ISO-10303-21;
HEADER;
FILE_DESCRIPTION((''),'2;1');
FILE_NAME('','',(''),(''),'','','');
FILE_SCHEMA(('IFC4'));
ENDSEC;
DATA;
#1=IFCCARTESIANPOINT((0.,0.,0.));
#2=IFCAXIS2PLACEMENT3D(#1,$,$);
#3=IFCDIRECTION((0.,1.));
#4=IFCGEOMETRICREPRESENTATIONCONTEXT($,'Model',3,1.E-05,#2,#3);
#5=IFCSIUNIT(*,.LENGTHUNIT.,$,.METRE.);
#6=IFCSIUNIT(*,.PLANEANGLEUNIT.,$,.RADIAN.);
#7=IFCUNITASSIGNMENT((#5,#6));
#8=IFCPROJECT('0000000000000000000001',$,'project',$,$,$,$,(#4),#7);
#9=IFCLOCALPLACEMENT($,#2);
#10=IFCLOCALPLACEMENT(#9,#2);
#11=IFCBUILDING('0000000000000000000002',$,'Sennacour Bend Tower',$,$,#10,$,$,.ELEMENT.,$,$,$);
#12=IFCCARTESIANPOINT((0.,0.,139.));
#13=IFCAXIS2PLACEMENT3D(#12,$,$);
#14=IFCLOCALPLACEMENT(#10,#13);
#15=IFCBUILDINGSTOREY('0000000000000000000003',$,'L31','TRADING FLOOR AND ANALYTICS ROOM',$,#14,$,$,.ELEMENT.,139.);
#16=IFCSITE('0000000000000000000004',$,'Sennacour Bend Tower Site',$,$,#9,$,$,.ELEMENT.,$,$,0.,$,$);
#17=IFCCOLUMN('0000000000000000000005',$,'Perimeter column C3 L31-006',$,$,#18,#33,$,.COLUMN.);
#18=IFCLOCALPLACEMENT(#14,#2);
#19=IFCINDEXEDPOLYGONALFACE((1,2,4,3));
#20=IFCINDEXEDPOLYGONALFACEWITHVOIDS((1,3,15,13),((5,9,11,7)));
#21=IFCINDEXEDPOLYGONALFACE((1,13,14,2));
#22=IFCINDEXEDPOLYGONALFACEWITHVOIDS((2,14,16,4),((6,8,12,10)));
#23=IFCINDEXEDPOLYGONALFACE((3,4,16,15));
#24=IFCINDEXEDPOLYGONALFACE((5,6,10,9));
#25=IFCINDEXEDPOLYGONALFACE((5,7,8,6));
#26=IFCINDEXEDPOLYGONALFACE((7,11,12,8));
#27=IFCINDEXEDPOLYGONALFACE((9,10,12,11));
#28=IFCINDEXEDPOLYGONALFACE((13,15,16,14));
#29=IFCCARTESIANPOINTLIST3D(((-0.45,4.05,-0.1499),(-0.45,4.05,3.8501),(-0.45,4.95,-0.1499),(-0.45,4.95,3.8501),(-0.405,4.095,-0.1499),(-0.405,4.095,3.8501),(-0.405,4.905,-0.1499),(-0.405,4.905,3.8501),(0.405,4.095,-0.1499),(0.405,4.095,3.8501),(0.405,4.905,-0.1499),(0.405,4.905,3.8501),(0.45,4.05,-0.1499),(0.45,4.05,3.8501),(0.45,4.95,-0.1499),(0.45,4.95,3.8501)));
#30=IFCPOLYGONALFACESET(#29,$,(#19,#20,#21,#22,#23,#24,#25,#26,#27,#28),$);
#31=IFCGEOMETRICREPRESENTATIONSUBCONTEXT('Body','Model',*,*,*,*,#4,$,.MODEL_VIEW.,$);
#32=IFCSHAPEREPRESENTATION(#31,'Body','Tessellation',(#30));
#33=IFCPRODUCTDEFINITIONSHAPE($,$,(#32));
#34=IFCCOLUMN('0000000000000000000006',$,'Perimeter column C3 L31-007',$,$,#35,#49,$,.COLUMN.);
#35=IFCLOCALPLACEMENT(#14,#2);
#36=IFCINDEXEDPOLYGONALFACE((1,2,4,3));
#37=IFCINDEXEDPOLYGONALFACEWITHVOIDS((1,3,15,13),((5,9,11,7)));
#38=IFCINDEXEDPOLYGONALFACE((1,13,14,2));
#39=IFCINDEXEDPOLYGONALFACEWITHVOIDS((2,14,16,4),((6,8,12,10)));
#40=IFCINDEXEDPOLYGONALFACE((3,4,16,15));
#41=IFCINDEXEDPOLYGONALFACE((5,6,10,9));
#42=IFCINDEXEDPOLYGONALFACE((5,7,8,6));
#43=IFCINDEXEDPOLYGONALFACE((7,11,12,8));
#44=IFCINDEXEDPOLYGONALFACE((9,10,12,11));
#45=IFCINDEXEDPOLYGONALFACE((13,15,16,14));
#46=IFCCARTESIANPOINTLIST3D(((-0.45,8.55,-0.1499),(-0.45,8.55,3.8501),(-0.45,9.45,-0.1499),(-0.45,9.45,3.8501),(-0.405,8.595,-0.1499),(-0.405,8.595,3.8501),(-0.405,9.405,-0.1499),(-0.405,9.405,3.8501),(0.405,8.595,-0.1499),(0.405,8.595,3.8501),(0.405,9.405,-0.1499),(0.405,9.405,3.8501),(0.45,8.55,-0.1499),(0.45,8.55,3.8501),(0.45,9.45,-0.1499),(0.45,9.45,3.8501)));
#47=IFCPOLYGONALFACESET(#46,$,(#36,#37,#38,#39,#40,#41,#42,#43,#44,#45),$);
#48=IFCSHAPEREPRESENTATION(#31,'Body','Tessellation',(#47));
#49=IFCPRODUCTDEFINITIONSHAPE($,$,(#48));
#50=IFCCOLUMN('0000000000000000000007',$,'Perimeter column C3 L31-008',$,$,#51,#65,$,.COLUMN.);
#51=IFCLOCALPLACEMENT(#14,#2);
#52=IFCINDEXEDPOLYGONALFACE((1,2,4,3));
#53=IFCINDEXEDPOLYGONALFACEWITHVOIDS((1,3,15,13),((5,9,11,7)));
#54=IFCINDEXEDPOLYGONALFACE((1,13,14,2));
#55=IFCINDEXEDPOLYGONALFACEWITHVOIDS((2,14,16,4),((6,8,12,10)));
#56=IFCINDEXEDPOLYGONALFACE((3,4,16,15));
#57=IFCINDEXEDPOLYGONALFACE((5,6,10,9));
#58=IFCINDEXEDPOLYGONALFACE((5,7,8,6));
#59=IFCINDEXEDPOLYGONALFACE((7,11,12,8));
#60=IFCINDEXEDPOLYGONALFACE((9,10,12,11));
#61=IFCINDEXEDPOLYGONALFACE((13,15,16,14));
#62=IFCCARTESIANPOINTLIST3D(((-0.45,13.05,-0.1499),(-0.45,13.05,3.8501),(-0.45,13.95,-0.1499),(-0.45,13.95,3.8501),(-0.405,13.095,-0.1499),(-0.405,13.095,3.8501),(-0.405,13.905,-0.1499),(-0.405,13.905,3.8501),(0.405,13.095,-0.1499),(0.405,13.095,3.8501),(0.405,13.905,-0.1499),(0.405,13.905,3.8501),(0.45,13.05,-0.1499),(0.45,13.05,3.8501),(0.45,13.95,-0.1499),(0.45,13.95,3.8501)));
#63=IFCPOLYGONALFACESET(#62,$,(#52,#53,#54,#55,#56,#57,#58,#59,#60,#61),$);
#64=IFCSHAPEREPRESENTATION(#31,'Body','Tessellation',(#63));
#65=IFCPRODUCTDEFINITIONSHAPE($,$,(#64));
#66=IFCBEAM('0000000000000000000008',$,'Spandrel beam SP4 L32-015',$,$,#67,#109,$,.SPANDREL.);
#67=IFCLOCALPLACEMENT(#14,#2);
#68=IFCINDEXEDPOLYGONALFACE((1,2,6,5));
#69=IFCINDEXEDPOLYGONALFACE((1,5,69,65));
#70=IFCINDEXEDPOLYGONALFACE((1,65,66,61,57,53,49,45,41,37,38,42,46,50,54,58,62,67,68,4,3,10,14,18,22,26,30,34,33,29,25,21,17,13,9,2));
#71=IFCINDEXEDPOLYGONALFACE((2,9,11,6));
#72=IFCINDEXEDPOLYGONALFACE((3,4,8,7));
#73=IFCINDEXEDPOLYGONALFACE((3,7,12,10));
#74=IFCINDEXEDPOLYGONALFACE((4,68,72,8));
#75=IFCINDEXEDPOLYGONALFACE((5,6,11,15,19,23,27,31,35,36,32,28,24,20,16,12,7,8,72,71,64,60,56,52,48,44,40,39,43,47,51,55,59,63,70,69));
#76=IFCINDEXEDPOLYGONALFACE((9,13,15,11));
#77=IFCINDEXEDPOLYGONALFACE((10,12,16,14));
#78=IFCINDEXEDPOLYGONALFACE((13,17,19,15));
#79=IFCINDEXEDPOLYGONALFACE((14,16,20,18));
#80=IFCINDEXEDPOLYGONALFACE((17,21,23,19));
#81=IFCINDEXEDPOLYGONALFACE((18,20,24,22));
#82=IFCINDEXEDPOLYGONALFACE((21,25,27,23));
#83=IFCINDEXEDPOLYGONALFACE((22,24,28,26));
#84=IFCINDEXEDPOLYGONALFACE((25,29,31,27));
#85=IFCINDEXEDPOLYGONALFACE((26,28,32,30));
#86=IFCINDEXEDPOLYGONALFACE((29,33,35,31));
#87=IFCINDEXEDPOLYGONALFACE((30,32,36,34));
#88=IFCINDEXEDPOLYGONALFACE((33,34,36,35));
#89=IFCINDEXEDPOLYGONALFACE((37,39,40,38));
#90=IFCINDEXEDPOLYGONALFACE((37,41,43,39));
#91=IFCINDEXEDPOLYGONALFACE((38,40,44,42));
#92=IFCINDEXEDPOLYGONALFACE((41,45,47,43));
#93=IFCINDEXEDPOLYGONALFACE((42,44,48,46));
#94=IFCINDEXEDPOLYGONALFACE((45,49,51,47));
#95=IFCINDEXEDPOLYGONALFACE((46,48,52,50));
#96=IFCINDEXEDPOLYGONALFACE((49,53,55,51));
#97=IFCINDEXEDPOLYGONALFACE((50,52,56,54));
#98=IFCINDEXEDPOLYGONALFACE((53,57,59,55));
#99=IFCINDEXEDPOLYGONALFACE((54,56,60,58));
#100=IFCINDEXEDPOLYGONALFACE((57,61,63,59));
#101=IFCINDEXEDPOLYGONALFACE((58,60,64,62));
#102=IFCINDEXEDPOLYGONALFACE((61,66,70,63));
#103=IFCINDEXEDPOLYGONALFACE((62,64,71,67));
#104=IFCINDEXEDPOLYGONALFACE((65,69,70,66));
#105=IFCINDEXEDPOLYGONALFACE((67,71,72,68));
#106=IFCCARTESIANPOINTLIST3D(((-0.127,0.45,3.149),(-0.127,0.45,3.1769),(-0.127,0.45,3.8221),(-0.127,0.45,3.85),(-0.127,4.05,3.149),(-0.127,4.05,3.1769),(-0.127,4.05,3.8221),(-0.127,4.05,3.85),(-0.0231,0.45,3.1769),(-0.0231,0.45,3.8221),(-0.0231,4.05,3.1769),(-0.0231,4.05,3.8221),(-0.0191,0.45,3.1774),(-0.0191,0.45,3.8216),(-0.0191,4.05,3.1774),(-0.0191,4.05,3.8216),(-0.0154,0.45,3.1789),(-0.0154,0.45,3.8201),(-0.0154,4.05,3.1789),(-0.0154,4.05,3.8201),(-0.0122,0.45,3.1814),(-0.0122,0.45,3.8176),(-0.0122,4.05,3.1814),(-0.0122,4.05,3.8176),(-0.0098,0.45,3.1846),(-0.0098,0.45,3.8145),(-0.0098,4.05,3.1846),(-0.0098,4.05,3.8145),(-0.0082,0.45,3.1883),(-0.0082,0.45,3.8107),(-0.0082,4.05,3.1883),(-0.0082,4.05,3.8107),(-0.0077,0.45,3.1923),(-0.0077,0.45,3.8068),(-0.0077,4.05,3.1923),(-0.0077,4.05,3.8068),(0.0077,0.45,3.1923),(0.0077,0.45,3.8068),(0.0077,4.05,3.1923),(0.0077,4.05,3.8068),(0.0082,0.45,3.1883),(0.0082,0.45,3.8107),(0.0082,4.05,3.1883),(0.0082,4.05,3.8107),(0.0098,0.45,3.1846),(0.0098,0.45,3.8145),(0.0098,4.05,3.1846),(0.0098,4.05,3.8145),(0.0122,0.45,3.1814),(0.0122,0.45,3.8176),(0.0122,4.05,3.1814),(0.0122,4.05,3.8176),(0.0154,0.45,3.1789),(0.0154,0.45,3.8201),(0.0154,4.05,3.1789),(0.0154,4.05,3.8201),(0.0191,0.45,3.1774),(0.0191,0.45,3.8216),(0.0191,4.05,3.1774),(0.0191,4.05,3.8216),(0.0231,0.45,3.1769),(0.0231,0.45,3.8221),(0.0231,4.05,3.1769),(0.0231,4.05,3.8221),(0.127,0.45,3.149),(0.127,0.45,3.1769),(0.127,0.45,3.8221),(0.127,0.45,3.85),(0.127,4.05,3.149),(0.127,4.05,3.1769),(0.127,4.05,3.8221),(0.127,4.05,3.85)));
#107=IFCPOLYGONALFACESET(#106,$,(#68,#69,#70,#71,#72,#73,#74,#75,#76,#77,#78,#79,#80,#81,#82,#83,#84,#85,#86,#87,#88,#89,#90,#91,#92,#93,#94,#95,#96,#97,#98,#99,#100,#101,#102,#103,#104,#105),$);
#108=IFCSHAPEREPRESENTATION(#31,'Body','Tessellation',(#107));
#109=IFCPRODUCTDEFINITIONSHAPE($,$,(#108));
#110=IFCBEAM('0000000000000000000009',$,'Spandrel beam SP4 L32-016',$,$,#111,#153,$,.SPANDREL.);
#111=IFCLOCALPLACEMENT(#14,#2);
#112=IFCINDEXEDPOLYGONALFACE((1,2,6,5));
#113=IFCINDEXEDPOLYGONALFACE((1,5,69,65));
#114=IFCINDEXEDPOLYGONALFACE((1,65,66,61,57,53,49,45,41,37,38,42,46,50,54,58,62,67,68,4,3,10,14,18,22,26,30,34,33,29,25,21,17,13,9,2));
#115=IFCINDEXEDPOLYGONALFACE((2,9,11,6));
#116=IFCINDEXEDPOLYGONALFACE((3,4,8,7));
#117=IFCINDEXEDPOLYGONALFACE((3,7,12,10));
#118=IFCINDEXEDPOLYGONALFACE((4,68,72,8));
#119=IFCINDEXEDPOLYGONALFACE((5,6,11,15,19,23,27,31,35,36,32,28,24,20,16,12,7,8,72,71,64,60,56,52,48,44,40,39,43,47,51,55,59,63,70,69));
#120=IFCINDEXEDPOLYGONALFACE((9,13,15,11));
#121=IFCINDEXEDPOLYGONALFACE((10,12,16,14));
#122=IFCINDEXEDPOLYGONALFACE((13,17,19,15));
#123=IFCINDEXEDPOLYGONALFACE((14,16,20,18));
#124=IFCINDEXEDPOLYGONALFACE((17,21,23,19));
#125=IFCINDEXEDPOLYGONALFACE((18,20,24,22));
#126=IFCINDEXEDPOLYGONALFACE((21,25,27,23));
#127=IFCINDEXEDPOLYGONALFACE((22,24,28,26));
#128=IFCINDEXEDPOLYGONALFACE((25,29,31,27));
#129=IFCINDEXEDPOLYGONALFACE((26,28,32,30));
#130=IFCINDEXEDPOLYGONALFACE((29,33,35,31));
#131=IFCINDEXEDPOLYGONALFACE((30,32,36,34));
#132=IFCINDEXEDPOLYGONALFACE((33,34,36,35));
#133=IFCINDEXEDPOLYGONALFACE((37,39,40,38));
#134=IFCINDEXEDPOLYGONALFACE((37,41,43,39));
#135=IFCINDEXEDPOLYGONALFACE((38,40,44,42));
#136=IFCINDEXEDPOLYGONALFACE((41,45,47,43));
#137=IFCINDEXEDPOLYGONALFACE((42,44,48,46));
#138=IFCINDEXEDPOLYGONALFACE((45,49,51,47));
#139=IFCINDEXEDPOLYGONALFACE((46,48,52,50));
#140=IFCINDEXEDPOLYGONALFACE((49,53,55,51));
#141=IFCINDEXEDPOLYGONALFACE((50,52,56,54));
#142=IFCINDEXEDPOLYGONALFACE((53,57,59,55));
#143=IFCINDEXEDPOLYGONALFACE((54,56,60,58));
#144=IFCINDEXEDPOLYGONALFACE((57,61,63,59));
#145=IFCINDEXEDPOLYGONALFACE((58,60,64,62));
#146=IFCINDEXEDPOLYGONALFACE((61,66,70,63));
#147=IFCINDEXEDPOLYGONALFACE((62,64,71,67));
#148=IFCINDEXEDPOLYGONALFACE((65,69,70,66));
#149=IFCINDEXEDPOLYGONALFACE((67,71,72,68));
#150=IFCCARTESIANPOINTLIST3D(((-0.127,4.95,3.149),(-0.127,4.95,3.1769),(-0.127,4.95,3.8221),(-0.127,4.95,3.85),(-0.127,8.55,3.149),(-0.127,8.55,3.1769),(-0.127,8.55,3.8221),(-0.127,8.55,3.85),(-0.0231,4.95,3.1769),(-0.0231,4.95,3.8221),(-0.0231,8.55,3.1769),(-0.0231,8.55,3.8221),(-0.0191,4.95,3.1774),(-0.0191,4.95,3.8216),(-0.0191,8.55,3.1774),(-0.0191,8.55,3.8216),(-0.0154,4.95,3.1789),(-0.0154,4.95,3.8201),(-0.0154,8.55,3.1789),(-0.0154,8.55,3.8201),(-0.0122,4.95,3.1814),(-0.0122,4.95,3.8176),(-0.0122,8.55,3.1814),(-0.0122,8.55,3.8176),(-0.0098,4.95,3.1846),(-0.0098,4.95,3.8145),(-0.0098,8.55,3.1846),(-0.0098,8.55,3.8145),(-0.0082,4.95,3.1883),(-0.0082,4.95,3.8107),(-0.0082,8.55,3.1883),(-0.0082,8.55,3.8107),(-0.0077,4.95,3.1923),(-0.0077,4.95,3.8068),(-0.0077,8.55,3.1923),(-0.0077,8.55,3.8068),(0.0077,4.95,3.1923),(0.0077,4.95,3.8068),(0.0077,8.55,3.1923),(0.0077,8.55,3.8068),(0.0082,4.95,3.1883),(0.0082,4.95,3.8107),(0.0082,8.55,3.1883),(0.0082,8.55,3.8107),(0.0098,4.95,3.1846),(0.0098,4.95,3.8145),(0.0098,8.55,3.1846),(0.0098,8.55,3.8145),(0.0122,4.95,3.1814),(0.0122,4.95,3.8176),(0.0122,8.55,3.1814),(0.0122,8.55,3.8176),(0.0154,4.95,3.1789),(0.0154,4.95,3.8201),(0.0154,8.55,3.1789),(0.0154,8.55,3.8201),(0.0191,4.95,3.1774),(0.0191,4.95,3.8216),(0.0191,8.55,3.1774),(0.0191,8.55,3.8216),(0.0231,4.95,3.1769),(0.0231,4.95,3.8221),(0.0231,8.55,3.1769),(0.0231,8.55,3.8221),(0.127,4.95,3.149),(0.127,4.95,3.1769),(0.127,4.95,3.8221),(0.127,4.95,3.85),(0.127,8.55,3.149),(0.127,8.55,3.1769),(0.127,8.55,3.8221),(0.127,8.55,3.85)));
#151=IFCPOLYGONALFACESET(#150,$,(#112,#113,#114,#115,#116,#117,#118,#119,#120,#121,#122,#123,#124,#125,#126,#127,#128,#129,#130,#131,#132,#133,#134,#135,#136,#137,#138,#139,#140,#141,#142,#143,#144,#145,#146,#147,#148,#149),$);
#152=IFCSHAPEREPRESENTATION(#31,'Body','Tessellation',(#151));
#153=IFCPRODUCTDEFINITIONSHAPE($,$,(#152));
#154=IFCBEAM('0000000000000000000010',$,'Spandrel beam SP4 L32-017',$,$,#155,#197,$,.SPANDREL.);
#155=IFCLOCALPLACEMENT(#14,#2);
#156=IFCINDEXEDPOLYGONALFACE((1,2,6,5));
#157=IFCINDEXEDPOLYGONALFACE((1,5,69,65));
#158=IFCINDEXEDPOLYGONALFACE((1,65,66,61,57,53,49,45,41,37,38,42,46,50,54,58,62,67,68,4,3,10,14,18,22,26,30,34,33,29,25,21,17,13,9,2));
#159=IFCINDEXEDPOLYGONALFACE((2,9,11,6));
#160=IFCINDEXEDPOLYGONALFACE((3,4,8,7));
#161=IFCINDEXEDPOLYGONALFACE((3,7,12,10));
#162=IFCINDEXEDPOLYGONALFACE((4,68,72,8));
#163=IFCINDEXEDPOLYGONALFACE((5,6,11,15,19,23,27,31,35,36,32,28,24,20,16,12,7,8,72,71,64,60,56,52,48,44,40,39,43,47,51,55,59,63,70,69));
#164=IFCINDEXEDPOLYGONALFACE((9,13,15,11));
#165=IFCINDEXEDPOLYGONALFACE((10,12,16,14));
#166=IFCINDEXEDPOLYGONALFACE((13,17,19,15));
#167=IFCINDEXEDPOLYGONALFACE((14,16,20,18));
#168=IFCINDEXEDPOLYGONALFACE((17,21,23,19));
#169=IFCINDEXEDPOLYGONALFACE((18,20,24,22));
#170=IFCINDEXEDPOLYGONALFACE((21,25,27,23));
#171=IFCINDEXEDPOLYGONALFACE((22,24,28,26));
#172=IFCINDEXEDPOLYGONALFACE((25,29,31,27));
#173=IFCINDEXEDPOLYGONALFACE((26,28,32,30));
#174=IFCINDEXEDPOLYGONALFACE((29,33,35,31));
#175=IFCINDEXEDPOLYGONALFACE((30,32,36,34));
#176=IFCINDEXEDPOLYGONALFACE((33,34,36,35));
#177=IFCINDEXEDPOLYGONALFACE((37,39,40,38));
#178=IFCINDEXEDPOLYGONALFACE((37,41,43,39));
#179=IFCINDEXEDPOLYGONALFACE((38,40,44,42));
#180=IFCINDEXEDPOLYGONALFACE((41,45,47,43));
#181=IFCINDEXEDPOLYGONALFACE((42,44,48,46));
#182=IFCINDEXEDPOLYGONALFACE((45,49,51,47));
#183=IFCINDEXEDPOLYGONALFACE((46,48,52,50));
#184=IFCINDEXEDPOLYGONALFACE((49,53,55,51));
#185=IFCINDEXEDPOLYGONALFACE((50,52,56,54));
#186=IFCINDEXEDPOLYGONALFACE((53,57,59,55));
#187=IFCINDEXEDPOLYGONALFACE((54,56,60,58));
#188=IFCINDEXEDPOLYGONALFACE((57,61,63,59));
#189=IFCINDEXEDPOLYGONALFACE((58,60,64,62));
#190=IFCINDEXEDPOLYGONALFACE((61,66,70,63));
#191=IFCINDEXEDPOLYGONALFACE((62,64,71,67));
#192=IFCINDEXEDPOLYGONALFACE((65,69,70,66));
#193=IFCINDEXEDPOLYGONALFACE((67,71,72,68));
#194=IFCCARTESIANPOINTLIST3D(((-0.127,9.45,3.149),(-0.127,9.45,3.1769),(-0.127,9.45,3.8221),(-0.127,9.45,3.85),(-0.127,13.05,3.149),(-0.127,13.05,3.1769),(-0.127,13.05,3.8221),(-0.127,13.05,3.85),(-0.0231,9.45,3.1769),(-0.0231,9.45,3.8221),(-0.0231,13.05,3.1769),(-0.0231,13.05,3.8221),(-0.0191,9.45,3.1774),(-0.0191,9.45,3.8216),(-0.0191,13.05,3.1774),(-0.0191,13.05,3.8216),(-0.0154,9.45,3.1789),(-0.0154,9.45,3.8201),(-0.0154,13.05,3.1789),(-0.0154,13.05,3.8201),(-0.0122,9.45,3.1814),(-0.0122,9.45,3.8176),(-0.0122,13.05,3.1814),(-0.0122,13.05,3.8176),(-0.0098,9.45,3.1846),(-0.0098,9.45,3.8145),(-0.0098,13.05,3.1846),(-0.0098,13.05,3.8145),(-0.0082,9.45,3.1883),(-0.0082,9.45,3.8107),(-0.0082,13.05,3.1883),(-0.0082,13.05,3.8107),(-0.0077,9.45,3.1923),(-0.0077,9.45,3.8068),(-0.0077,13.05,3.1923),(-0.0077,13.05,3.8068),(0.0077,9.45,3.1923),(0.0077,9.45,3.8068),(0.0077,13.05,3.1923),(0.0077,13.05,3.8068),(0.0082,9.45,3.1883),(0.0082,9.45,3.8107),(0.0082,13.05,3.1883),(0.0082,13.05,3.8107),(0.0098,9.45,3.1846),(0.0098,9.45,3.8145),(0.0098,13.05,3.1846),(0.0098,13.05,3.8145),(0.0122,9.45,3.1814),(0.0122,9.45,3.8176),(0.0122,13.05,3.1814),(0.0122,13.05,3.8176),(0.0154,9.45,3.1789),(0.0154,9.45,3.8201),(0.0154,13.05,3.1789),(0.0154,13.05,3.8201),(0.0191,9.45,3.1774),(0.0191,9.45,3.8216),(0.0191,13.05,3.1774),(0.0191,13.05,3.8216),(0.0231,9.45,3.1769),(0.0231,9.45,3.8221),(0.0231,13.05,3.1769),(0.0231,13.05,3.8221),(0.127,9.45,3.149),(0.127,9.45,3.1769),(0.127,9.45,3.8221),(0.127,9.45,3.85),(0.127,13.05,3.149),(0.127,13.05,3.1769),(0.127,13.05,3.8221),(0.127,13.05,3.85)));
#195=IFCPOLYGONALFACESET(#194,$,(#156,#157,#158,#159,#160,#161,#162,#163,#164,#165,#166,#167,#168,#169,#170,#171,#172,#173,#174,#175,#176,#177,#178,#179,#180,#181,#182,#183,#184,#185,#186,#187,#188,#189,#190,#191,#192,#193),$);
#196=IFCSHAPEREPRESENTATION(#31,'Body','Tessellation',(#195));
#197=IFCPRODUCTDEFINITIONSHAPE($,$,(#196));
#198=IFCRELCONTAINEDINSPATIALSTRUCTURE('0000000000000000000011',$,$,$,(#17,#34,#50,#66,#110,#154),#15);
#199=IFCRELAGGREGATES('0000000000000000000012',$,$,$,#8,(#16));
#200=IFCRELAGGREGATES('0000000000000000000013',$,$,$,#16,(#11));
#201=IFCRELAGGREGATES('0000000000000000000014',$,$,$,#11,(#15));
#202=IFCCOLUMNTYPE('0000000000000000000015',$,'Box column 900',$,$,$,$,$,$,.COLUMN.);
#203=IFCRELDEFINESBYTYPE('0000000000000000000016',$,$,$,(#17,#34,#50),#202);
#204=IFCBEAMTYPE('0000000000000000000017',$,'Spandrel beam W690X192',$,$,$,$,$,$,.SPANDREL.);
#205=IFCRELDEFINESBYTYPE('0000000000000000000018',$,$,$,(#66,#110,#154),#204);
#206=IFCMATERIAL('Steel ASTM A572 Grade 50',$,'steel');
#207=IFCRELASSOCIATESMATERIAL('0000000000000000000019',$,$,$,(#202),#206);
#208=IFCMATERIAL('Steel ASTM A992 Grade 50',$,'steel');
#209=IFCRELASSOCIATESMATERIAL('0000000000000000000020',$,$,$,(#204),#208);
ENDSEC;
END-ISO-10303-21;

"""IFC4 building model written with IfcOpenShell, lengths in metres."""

from ifc_helpers import new_model, si_unit, direction, frame, origin, origin_2d, place, context, subcontext, project, spatial, hollow_rectangle, i_section, extrude, material, material_profile, profile_set, type_object, element, save


model = new_model("IFC4")

# Units and contexts
model_context = context("Model", 3, precision=1e-05, world=origin(), true_north=direction((0.0, 1.0)))
body_context = subcontext(model_context, "Body", "Model", "MODEL_VIEW")
ifc_project = project(units=[si_unit("LENGTHUNIT", "METRE"), si_unit("PLANEANGLEUNIT", "RADIAN")], contexts=[model_context])

# Site, building, storey
site_placement = place(None, origin())
site = spatial("IfcSite", under=ifc_project, at=site_placement, Name="Sennacour Bend Tower Site", CompositionType="ELEMENT", RefElevation=0.0)
building_placement = place(site_placement, origin())
building = spatial("IfcBuilding", under=site, at=building_placement, Name="Sennacour Bend Tower", CompositionType="ELEMENT")
storey_placement = place(building_placement, frame((0.0, 0.0, 139.0)))
storey = spatial("IfcBuildingStorey", under=building, at=storey_placement, Name="L31", Description="TRADING FLOOR AND ANALYTICS ROOM", CompositionType="ELEMENT", Elevation=139.0)

# Columns
ifc_material_1 = material(Name="Steel ASTM A572 Grade 50", Category="steel")
ifc_material_profile_1 = material_profile(ifc_material_1, hollow_rectangle(XDim=0.8999, YDim=0.8999, WallThickness=0.0449, at=origin_2d()), Name="Steel ASTM A572 Grade 50", Category="steel")
ifc_profile_set_1 = profile_set([ifc_material_profile_1], Name="Steel ASTM A572 Grade 50")
column_type = type_object("IfcColumnType", Name="Box column 900", PredefinedType="COLUMN", material=ifc_profile_set_1)
for number, where, z_axis, x_axis, name in (
    (1, (0.0, 4.5, -0.1499), (0.0, 0.0, 1.0), (1.0, 0.0, 0.0), "Perimeter column C3 L31-006"),
    (2, (0.0, 9.0, -0.1499), (0.0, 0.0, 1.0), (1.0, 0.0, 0.0), "Perimeter column C3 L31-007"),
    (3, (0.0, 13.5, -0.1499), (0.0, 0.0, 1.0), (1.0, 0.0, 0.0), "Perimeter column C3 L31-008"),
):
    element("IfcColumn", number, at=place(storey_placement, frame(where, z_axis=z_axis, x_axis=x_axis)), inside=storey, type_object=column_type, Name=name, PredefinedType="COLUMN", context=body_context, shape_type="SweptSolid", body=[
        extrude(hollow_rectangle(XDim=0.8999, YDim=0.8999, WallThickness=0.0449, at=origin_2d()), origin(), (0.0, 0.0, 1.0), 4.0),
    ])

# Beams
ifc_material_2 = material(Name="Steel ASTM A992 Grade 50", Category="steel")
ifc_material_profile_2 = material_profile(ifc_material_2, i_section(OverallWidth=0.2539, OverallDepth=0.7009, WebThickness=0.0154, FlangeThickness=0.0278, FilletRadius=0.0154, at=origin_2d()), Name="Steel ASTM A992 Grade 50", Category="steel")
ifc_profile_set_2 = profile_set([ifc_material_profile_2], Name="Steel ASTM A992 Grade 50")
beam_type = type_object("IfcBeamType", Name="Spandrel beam W690X192", PredefinedType="SPANDREL", material=ifc_profile_set_2)
for number, where, z_axis, x_axis, name in (
    (4, (0.0, 0.45, 3.4995), (0.0, 1.0, 0.0), (-1.0, 0.0, 0.0), "Spandrel beam SP4 L32-015"),
    (5, (0.0, 4.95, 3.4995), (0.0, 1.0, 0.0), (-1.0, 0.0, 0.0), "Spandrel beam SP4 L32-016"),
    (6, (0.0, 9.45, 3.4995), (0.0, 1.0, 0.0), (-1.0, 0.0, 0.0), "Spandrel beam SP4 L32-017"),
):
    element("IfcBeam", number, at=place(storey_placement, frame(where, z_axis=z_axis, x_axis=x_axis)), inside=storey, type_object=beam_type, Name=name, PredefinedType="SPANDREL", context=body_context, shape_type="SweptSolid", body=[
        extrude(i_section(OverallWidth=0.2539, OverallDepth=0.7009, WebThickness=0.0154, FlangeThickness=0.0278, FilletRadius=0.0154, at=origin_2d()), origin(), (0.0, 0.0, 1.0), 3.6001),
    ])

save(model, "model.ifc")
